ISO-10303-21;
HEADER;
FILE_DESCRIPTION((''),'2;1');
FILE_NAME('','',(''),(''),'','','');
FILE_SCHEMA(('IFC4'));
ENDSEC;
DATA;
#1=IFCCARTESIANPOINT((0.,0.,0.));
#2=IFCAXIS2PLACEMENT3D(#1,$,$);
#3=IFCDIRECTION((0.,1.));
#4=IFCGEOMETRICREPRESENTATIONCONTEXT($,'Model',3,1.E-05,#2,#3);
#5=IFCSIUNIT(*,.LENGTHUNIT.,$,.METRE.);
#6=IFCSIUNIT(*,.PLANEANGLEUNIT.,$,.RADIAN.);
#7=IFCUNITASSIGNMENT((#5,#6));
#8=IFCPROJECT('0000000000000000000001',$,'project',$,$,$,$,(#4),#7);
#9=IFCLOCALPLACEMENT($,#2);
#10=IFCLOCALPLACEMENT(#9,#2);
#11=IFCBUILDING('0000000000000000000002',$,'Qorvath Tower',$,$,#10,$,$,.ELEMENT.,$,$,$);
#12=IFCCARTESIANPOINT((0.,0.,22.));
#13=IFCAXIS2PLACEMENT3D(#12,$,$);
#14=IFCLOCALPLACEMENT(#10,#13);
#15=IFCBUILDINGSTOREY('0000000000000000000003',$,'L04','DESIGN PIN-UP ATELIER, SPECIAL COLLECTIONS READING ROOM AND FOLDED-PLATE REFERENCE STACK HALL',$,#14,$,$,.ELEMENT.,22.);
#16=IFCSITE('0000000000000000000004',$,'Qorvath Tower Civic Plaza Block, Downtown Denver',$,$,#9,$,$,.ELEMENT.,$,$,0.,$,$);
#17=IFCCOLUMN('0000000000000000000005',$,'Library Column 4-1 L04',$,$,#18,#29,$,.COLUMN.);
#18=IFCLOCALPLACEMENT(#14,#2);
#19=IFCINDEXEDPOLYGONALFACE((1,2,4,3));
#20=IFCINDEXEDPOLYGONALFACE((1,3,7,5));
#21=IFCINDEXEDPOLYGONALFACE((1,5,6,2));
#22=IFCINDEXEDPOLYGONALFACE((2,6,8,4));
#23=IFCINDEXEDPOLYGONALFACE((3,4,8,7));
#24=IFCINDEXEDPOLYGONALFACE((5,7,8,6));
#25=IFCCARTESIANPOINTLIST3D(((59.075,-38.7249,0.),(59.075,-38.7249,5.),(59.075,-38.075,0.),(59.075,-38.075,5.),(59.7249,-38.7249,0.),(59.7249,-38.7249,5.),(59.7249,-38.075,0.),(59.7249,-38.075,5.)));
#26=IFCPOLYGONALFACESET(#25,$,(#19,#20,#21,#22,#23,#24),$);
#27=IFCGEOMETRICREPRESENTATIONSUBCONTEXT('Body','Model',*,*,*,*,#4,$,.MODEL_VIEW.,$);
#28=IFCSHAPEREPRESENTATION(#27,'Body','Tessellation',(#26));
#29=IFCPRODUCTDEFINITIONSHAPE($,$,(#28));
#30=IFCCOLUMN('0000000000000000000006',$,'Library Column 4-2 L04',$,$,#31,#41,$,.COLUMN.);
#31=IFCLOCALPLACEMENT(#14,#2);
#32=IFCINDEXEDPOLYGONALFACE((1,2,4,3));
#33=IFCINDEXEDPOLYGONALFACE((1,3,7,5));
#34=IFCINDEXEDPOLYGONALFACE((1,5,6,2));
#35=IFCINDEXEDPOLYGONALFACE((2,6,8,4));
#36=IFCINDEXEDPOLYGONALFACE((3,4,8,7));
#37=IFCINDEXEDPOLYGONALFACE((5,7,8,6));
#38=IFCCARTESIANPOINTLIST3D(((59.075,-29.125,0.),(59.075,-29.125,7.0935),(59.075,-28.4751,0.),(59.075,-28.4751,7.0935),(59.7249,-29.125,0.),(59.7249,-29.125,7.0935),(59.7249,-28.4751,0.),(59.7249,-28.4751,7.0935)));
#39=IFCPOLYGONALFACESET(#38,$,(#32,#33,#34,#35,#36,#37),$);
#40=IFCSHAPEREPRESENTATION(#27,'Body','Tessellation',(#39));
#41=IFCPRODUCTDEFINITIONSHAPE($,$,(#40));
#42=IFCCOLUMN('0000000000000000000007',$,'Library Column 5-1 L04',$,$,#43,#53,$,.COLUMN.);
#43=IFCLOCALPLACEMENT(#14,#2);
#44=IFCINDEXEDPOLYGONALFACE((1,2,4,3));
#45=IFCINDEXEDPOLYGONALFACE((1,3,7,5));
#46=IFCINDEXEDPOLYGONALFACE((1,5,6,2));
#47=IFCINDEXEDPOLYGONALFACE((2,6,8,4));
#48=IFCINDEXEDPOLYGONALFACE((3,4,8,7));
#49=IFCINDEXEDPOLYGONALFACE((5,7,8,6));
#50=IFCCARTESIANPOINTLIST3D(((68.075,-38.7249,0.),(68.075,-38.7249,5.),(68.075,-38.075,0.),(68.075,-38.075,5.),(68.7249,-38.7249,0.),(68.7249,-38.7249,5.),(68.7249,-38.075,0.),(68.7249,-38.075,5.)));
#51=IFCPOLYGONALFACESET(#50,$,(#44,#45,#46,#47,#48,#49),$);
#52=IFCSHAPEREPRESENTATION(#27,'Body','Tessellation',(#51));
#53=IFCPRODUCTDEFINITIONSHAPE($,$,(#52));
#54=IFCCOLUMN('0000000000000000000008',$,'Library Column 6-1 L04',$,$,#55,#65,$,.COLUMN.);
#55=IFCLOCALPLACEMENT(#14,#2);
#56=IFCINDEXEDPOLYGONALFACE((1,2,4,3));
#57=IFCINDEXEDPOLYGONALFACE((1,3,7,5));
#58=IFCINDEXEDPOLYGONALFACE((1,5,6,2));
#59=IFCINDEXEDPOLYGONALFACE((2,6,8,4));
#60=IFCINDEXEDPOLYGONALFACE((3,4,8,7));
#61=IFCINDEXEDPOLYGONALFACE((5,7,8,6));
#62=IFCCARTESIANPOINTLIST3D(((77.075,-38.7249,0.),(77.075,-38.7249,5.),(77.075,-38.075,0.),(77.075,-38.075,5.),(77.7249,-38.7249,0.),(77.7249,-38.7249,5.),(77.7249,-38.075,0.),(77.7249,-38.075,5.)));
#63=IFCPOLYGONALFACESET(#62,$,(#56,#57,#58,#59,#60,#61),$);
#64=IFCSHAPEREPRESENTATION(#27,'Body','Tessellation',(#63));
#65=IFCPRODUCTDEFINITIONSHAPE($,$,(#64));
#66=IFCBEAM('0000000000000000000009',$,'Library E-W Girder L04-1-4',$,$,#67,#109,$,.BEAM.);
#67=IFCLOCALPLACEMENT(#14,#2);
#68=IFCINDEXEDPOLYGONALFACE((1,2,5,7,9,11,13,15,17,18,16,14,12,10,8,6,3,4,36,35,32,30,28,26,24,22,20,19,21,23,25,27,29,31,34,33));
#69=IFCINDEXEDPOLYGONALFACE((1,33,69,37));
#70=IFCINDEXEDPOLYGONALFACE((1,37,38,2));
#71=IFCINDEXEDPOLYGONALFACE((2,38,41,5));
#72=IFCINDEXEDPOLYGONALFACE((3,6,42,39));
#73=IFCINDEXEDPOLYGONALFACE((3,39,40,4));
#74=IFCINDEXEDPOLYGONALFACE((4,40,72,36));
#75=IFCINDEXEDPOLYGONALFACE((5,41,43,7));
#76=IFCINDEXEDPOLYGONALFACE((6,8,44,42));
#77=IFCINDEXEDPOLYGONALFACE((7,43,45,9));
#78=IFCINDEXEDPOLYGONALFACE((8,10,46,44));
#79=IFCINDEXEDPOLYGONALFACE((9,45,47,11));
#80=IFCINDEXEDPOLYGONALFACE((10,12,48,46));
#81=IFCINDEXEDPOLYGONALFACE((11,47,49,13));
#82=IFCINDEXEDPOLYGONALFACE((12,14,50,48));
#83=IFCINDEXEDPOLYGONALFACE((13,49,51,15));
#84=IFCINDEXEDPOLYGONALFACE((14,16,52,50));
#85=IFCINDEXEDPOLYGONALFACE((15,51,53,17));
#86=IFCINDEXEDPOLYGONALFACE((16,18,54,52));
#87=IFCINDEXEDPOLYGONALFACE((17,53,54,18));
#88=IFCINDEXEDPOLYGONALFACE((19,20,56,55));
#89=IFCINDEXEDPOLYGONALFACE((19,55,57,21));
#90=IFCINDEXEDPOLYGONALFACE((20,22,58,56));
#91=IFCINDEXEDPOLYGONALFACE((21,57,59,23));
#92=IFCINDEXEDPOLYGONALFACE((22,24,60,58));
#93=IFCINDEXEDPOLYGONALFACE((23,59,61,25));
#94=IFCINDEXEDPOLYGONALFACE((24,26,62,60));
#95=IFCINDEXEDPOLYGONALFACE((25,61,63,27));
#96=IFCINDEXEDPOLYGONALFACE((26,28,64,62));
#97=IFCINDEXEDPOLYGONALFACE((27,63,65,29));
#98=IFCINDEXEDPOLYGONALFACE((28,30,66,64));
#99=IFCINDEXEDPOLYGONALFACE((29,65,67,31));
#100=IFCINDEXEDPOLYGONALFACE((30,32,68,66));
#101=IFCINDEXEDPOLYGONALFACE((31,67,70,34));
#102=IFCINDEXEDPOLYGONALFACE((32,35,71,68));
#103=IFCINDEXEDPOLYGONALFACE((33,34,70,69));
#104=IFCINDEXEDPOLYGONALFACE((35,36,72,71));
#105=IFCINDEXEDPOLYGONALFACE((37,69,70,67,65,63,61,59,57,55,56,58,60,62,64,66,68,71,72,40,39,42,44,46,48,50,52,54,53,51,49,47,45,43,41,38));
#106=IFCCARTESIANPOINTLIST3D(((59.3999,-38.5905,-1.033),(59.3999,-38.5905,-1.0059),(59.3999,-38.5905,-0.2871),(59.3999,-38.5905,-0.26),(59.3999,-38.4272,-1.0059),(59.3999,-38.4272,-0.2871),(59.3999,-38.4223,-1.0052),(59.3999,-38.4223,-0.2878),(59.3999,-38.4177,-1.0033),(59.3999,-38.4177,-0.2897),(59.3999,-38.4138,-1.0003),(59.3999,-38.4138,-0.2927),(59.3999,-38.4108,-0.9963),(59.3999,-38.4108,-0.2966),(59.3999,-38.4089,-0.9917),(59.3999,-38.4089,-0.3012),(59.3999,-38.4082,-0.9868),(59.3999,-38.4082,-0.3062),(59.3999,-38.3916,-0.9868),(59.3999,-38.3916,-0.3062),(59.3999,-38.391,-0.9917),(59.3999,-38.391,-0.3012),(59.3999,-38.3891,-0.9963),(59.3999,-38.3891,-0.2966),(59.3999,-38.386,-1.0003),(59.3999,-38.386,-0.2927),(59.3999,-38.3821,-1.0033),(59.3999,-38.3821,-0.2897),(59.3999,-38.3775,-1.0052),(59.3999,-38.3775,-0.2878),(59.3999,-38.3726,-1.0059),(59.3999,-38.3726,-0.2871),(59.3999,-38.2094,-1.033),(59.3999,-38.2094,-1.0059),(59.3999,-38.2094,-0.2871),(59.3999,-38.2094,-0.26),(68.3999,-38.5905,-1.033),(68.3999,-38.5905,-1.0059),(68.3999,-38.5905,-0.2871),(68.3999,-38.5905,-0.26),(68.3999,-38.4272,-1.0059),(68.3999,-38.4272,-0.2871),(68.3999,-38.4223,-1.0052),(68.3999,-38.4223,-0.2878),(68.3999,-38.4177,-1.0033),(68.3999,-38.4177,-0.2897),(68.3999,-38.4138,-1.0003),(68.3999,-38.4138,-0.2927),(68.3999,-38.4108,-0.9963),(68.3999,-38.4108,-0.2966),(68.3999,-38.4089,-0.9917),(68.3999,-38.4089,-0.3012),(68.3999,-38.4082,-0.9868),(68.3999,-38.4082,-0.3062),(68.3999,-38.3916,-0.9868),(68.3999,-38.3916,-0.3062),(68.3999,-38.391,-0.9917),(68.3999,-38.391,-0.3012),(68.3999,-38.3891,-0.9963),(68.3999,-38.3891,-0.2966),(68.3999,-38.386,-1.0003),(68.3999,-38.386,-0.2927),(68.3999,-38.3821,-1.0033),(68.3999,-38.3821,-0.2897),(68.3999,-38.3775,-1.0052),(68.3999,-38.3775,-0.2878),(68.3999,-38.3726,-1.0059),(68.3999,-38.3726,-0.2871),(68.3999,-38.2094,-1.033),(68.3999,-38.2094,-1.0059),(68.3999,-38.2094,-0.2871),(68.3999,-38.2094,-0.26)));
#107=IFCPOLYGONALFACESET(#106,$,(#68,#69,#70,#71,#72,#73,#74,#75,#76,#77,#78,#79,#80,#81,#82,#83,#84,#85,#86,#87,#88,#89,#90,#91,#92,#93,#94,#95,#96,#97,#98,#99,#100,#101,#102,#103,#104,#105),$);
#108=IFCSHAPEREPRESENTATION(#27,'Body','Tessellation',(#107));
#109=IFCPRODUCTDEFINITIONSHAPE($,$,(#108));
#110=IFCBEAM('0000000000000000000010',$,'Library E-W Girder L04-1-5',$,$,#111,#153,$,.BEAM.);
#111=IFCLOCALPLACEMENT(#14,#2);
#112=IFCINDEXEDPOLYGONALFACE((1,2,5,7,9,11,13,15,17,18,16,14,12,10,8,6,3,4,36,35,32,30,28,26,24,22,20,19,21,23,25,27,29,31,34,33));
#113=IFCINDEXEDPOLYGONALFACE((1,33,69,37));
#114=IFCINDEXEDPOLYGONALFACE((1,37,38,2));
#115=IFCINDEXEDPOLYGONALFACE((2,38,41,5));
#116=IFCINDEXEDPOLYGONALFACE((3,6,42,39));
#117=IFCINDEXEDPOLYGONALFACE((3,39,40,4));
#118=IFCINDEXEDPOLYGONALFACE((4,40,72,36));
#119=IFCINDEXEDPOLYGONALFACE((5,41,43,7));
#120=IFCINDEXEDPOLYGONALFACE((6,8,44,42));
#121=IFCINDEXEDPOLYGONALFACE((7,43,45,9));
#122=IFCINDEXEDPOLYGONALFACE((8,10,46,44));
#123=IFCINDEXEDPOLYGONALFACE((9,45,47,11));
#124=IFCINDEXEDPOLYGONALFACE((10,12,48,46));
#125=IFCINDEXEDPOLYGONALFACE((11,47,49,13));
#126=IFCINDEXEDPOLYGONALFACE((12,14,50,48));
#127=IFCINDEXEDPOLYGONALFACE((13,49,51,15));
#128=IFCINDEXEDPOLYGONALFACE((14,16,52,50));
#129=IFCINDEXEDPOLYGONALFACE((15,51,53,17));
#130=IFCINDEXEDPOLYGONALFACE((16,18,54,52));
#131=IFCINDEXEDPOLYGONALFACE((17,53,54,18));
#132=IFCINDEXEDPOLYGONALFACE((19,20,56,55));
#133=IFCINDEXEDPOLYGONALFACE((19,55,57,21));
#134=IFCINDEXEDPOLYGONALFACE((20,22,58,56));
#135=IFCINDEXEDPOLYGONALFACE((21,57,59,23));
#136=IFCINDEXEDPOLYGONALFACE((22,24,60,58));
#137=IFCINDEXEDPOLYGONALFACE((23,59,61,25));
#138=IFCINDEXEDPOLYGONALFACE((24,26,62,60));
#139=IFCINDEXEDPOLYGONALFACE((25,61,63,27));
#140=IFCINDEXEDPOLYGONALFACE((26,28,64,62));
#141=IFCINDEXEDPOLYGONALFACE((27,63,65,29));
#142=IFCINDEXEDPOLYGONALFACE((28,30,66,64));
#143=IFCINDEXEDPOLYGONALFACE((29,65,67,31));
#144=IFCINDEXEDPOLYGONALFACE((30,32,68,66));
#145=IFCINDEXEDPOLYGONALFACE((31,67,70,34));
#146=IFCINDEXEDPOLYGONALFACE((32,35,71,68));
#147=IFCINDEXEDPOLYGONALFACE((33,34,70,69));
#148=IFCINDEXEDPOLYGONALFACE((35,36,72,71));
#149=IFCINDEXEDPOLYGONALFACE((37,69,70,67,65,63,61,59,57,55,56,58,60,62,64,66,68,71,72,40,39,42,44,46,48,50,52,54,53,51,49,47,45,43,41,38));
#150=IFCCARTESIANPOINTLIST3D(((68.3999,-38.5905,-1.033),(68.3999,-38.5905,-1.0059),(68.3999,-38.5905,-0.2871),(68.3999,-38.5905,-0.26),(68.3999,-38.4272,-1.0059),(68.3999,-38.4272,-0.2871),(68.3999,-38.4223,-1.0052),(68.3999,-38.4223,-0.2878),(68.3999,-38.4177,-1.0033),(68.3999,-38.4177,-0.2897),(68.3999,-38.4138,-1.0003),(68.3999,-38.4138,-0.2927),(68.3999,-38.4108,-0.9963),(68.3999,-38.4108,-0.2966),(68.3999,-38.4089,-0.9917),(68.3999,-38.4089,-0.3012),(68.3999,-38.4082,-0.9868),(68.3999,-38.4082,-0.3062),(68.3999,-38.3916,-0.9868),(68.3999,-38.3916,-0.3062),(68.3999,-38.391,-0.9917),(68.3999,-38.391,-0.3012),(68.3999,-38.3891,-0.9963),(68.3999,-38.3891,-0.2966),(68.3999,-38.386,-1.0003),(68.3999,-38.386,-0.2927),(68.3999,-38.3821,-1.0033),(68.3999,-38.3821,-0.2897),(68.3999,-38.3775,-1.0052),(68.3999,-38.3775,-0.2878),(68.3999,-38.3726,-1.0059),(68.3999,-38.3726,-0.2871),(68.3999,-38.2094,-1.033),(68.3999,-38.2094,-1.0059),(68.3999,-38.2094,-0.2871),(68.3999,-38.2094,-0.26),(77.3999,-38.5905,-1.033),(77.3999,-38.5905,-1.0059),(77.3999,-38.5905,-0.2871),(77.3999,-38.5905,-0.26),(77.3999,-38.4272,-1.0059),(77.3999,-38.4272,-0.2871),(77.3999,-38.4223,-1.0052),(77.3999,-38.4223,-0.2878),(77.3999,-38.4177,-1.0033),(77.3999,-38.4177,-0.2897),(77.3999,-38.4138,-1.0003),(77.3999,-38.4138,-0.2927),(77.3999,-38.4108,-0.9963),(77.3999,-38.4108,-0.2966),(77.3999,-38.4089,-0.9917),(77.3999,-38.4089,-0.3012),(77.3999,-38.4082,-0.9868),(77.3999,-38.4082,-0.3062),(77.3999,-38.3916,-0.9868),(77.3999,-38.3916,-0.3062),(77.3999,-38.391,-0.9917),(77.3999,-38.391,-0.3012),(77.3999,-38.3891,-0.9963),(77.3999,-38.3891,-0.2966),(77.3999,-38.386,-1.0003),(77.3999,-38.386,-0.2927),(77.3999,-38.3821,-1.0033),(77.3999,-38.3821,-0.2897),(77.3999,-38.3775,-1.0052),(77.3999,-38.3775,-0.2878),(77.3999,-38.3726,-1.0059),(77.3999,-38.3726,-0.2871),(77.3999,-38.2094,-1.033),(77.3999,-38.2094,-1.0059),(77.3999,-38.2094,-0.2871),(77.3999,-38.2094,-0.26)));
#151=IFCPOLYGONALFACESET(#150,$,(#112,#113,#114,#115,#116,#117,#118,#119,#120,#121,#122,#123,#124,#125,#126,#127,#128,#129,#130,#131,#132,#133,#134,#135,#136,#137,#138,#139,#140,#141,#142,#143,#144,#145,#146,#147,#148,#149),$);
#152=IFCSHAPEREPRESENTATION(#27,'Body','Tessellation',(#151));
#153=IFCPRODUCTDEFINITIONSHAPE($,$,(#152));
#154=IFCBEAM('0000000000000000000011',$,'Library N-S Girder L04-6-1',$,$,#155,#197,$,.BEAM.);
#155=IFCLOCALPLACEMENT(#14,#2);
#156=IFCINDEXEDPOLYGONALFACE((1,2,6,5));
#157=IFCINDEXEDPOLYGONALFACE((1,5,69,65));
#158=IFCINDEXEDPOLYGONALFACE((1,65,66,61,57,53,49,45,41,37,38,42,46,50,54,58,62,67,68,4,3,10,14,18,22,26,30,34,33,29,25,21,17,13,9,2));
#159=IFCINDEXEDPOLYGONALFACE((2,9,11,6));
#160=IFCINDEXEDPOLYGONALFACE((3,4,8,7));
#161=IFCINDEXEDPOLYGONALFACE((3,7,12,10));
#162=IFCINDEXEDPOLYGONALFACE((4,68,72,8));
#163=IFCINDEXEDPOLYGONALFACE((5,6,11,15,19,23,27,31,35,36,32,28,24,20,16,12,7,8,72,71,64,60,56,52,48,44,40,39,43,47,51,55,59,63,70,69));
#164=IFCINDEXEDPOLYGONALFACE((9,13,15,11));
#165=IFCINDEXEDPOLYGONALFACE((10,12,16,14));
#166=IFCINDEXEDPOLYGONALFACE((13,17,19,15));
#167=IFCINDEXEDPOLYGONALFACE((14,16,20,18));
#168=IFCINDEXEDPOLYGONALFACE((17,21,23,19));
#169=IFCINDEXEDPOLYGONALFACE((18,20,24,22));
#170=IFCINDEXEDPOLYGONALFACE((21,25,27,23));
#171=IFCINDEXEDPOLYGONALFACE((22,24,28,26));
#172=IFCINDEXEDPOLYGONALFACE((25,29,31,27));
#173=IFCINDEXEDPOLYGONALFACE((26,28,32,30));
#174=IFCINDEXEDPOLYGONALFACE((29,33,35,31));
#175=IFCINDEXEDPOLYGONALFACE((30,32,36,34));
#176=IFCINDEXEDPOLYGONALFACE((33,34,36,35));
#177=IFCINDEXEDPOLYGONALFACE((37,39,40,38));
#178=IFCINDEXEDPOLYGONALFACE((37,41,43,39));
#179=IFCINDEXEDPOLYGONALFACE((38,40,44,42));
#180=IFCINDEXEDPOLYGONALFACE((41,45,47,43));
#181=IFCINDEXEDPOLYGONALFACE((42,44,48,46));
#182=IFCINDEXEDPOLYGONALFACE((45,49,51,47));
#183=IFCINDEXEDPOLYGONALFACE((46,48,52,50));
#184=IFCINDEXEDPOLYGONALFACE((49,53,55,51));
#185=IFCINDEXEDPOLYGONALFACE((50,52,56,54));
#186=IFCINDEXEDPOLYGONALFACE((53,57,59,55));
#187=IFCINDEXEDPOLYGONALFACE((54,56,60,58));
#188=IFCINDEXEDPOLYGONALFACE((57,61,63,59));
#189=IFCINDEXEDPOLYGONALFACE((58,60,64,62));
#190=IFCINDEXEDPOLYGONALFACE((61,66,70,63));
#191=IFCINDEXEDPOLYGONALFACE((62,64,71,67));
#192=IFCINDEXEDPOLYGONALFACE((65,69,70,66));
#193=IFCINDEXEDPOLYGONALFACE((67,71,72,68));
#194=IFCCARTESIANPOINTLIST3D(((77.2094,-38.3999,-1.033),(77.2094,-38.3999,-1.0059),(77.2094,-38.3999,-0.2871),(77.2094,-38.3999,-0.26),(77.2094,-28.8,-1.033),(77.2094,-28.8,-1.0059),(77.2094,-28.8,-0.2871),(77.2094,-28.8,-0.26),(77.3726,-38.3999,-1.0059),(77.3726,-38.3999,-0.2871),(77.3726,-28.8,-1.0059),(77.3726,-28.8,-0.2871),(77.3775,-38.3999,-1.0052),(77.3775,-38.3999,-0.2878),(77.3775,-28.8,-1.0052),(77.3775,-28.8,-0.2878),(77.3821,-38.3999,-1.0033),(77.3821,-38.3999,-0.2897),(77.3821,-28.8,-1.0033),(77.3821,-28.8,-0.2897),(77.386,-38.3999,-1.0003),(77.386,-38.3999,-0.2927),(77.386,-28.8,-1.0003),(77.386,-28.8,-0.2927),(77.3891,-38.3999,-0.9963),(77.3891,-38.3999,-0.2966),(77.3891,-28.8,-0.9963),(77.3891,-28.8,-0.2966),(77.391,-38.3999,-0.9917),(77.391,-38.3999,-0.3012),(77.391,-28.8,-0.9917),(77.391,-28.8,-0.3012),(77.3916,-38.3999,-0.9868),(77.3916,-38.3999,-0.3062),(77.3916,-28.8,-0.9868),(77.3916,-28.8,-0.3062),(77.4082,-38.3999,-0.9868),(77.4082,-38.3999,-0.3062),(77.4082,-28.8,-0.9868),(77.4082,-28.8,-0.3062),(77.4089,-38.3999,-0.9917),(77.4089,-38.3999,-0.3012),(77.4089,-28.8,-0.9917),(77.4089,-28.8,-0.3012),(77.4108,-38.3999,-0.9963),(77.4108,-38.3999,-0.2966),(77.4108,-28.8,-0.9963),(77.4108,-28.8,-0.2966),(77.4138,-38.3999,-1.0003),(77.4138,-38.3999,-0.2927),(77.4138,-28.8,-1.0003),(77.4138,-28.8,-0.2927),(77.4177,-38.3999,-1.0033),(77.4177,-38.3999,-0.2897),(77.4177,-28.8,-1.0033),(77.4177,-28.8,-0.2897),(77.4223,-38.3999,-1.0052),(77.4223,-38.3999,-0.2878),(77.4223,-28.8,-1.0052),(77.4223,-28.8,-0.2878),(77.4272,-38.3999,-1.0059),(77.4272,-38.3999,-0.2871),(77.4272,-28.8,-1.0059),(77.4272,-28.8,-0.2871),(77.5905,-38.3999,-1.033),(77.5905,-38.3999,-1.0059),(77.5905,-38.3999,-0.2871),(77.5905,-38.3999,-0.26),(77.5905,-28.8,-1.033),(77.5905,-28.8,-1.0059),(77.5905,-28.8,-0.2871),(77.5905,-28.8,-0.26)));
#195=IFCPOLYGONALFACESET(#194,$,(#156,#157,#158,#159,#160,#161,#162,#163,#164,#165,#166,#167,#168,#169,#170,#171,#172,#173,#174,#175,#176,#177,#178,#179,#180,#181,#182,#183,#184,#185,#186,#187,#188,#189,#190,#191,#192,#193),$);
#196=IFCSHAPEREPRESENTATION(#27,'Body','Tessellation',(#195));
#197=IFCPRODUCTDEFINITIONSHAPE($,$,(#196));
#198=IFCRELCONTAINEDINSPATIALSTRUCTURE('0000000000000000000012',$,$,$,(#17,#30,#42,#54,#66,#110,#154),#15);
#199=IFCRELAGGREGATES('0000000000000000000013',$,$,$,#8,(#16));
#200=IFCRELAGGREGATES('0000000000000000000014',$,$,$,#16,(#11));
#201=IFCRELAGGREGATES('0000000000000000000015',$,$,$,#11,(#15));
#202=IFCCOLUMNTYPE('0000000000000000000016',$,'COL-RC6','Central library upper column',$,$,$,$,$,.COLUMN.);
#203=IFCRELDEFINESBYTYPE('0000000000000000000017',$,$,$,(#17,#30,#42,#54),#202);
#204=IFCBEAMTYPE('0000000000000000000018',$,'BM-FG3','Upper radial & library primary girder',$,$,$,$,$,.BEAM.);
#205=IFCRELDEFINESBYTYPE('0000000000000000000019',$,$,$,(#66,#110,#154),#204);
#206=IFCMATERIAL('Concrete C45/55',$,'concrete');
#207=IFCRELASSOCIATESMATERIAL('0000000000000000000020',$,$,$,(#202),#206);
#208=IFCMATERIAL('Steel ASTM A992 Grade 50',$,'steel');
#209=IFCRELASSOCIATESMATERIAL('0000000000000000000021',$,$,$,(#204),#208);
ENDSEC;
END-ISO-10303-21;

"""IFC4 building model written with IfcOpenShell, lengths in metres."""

from ifc_helpers import new_model, si_unit, direction, frame, origin, origin_2d, place, context, subcontext, project, spatial, rectangle, i_section, extrude, material, material_profile, profile_set, type_object, element, save


model = new_model("IFC4")

# Units and contexts
model_context = context("Model", 3, precision=1e-05, world=origin(), true_north=direction((0.0, 1.0)))
body_context = subcontext(model_context, "Body", "Model", "MODEL_VIEW")
ifc_project = project(units=[si_unit("LENGTHUNIT", "METRE"), si_unit("PLANEANGLEUNIT", "RADIAN")], contexts=[model_context])

# Site, building, storey
site_placement = place(None, origin())
site = spatial("IfcSite", under=ifc_project, at=site_placement, Name="Qorvath Tower Civic Plaza Block, Downtown Denver", CompositionType="ELEMENT", RefElevation=0.0)
building_placement = place(site_placement, origin())
building = spatial("IfcBuilding", under=site, at=building_placement, Name="Qorvath Tower", CompositionType="ELEMENT")
storey_placement = place(building_placement, frame((0.0, 0.0, 22.0)))
storey = spatial("IfcBuildingStorey", under=building, at=storey_placement, Name="L04", Description="DESIGN PIN-UP ATELIER, SPECIAL COLLECTIONS READING ROOM AND FOLDED-PLATE REFERENCE STACK HALL", CompositionType="ELEMENT", Elevation=22.0)

# Columns
ifc_material_1 = material(Name="Concrete C45/55", Category="concrete")
ifc_material_profile_1 = material_profile(ifc_material_1, rectangle(XDim=0.6499, YDim=0.6499, at=origin_2d()), Name="RC 650x650")
ifc_profile_set_1 = profile_set([ifc_material_profile_1], Name="Concrete C45/55")
column_type = type_object("IfcColumnType", Name="COL-RC6", Description="Central library upper column", PredefinedType="COLUMN", material=ifc_profile_set_1)
column_1_placement = place(storey_placement, frame((59.3999, -38.3999, 0.0), z_axis=(0.0, 0.0, 1.0), x_axis=(1.0, 0.0, 0.0)))
element("IfcColumn", 1, at=column_1_placement, inside=storey, type_object=column_type, Name="Library Column 4-1 L04", PredefinedType="COLUMN", context=body_context, shape_type="SweptSolid", body=[
    extrude(rectangle(XDim=0.6499, YDim=0.6499, at=origin_2d()), origin(), (0.0, 0.0, 1.0), 5.0),
])
column_2_placement = place(storey_placement, frame((59.3999, -28.8, 0.0), z_axis=(0.0, 0.0, 1.0), x_axis=(1.0, 0.0, 0.0)))
element("IfcColumn", 2, at=column_2_placement, inside=storey, type_object=column_type, Name="Library Column 4-2 L04", PredefinedType="COLUMN", context=body_context, shape_type="SweptSolid", body=[
    extrude(rectangle(XDim=0.6499, YDim=0.6499, at=origin_2d()), origin(), (0.0, 0.0, 1.0), 7.0935),
])
for number, where, z_axis, x_axis, name in (
    (3, (68.3999, -38.3999, 0.0), (0.0, 0.0, 1.0), (1.0, 0.0, 0.0), "Library Column 5-1 L04"),
    (4, (77.3999, -38.3999, 0.0), (0.0, 0.0, 1.0), (1.0, 0.0, 0.0), "Library Column 6-1 L04"),
):
    element("IfcColumn", number, at=place(storey_placement, frame(where, z_axis=z_axis, x_axis=x_axis)), inside=storey, type_object=column_type, Name=name, PredefinedType="COLUMN", context=body_context, shape_type="SweptSolid", body=[
        extrude(rectangle(XDim=0.6499, YDim=0.6499, at=origin_2d()), origin(), (0.0, 0.0, 1.0), 5.0),
    ])

# Beams
ifc_material_2 = material(Name="Steel ASTM A992 Grade 50", Category="steel")
ifc_material_profile_2 = material_profile(ifc_material_2, i_section(OverallWidth=0.3811, OverallDepth=0.7729, WebThickness=0.0166, FlangeThickness=0.0271, FilletRadius=0.019, at=origin_2d()), Name="W30x173")
ifc_profile_set_2 = profile_set([ifc_material_profile_2], Name="Steel ASTM A992 Grade 50")
beam_type_1 = type_object("IfcBeamType", Name="BM-FG3", Description="Upper radial & library primary girder", PredefinedType="BEAM", material=ifc_profile_set_2)
for number, where, z_axis, x_axis, name in (
    (5, (59.3999, -38.3999, -0.6465), (1.0, 0.0, 0.0), (0.0, 1.0, 0.0), "Library E-W Girder L04-1-4"),
    (6, (68.3999, -38.3999, -0.6465), (1.0, 0.0, 0.0), (0.0, 1.0, 0.0), "Library E-W Girder L04-1-5"),
):
    element("IfcBeam", number, at=place(storey_placement, frame(where, z_axis=z_axis, x_axis=x_axis)), inside=storey, type_object=beam_type_1, Name=name, PredefinedType="BEAM", context=body_context, shape_type="SweptSolid", body=[
        extrude(i_section(OverallWidth=0.3811, OverallDepth=0.7729, WebThickness=0.0166, FlangeThickness=0.0271, FilletRadius=0.019, at=origin_2d()), origin(), (0.0, 0.0, 1.0), 9.0),
    ])
beam_1_placement = place(storey_placement, frame((77.3999, -38.3999, -0.6465), z_axis=(0.0, 1.0, 0.0), x_axis=(-1.0, 0.0, 0.0)))
element("IfcBeam", 7, at=beam_1_placement, inside=storey, type_object=beam_type_1, Name="Library N-S Girder L04-6-1", PredefinedType="BEAM", context=body_context, shape_type="SweptSolid", body=[
    extrude(i_section(OverallWidth=0.3811, OverallDepth=0.7729, WebThickness=0.0166, FlangeThickness=0.0271, FilletRadius=0.019, at=origin_2d()), origin(), (0.0, 0.0, 1.0), 9.5999),
])

save(model, "model.ifc")
